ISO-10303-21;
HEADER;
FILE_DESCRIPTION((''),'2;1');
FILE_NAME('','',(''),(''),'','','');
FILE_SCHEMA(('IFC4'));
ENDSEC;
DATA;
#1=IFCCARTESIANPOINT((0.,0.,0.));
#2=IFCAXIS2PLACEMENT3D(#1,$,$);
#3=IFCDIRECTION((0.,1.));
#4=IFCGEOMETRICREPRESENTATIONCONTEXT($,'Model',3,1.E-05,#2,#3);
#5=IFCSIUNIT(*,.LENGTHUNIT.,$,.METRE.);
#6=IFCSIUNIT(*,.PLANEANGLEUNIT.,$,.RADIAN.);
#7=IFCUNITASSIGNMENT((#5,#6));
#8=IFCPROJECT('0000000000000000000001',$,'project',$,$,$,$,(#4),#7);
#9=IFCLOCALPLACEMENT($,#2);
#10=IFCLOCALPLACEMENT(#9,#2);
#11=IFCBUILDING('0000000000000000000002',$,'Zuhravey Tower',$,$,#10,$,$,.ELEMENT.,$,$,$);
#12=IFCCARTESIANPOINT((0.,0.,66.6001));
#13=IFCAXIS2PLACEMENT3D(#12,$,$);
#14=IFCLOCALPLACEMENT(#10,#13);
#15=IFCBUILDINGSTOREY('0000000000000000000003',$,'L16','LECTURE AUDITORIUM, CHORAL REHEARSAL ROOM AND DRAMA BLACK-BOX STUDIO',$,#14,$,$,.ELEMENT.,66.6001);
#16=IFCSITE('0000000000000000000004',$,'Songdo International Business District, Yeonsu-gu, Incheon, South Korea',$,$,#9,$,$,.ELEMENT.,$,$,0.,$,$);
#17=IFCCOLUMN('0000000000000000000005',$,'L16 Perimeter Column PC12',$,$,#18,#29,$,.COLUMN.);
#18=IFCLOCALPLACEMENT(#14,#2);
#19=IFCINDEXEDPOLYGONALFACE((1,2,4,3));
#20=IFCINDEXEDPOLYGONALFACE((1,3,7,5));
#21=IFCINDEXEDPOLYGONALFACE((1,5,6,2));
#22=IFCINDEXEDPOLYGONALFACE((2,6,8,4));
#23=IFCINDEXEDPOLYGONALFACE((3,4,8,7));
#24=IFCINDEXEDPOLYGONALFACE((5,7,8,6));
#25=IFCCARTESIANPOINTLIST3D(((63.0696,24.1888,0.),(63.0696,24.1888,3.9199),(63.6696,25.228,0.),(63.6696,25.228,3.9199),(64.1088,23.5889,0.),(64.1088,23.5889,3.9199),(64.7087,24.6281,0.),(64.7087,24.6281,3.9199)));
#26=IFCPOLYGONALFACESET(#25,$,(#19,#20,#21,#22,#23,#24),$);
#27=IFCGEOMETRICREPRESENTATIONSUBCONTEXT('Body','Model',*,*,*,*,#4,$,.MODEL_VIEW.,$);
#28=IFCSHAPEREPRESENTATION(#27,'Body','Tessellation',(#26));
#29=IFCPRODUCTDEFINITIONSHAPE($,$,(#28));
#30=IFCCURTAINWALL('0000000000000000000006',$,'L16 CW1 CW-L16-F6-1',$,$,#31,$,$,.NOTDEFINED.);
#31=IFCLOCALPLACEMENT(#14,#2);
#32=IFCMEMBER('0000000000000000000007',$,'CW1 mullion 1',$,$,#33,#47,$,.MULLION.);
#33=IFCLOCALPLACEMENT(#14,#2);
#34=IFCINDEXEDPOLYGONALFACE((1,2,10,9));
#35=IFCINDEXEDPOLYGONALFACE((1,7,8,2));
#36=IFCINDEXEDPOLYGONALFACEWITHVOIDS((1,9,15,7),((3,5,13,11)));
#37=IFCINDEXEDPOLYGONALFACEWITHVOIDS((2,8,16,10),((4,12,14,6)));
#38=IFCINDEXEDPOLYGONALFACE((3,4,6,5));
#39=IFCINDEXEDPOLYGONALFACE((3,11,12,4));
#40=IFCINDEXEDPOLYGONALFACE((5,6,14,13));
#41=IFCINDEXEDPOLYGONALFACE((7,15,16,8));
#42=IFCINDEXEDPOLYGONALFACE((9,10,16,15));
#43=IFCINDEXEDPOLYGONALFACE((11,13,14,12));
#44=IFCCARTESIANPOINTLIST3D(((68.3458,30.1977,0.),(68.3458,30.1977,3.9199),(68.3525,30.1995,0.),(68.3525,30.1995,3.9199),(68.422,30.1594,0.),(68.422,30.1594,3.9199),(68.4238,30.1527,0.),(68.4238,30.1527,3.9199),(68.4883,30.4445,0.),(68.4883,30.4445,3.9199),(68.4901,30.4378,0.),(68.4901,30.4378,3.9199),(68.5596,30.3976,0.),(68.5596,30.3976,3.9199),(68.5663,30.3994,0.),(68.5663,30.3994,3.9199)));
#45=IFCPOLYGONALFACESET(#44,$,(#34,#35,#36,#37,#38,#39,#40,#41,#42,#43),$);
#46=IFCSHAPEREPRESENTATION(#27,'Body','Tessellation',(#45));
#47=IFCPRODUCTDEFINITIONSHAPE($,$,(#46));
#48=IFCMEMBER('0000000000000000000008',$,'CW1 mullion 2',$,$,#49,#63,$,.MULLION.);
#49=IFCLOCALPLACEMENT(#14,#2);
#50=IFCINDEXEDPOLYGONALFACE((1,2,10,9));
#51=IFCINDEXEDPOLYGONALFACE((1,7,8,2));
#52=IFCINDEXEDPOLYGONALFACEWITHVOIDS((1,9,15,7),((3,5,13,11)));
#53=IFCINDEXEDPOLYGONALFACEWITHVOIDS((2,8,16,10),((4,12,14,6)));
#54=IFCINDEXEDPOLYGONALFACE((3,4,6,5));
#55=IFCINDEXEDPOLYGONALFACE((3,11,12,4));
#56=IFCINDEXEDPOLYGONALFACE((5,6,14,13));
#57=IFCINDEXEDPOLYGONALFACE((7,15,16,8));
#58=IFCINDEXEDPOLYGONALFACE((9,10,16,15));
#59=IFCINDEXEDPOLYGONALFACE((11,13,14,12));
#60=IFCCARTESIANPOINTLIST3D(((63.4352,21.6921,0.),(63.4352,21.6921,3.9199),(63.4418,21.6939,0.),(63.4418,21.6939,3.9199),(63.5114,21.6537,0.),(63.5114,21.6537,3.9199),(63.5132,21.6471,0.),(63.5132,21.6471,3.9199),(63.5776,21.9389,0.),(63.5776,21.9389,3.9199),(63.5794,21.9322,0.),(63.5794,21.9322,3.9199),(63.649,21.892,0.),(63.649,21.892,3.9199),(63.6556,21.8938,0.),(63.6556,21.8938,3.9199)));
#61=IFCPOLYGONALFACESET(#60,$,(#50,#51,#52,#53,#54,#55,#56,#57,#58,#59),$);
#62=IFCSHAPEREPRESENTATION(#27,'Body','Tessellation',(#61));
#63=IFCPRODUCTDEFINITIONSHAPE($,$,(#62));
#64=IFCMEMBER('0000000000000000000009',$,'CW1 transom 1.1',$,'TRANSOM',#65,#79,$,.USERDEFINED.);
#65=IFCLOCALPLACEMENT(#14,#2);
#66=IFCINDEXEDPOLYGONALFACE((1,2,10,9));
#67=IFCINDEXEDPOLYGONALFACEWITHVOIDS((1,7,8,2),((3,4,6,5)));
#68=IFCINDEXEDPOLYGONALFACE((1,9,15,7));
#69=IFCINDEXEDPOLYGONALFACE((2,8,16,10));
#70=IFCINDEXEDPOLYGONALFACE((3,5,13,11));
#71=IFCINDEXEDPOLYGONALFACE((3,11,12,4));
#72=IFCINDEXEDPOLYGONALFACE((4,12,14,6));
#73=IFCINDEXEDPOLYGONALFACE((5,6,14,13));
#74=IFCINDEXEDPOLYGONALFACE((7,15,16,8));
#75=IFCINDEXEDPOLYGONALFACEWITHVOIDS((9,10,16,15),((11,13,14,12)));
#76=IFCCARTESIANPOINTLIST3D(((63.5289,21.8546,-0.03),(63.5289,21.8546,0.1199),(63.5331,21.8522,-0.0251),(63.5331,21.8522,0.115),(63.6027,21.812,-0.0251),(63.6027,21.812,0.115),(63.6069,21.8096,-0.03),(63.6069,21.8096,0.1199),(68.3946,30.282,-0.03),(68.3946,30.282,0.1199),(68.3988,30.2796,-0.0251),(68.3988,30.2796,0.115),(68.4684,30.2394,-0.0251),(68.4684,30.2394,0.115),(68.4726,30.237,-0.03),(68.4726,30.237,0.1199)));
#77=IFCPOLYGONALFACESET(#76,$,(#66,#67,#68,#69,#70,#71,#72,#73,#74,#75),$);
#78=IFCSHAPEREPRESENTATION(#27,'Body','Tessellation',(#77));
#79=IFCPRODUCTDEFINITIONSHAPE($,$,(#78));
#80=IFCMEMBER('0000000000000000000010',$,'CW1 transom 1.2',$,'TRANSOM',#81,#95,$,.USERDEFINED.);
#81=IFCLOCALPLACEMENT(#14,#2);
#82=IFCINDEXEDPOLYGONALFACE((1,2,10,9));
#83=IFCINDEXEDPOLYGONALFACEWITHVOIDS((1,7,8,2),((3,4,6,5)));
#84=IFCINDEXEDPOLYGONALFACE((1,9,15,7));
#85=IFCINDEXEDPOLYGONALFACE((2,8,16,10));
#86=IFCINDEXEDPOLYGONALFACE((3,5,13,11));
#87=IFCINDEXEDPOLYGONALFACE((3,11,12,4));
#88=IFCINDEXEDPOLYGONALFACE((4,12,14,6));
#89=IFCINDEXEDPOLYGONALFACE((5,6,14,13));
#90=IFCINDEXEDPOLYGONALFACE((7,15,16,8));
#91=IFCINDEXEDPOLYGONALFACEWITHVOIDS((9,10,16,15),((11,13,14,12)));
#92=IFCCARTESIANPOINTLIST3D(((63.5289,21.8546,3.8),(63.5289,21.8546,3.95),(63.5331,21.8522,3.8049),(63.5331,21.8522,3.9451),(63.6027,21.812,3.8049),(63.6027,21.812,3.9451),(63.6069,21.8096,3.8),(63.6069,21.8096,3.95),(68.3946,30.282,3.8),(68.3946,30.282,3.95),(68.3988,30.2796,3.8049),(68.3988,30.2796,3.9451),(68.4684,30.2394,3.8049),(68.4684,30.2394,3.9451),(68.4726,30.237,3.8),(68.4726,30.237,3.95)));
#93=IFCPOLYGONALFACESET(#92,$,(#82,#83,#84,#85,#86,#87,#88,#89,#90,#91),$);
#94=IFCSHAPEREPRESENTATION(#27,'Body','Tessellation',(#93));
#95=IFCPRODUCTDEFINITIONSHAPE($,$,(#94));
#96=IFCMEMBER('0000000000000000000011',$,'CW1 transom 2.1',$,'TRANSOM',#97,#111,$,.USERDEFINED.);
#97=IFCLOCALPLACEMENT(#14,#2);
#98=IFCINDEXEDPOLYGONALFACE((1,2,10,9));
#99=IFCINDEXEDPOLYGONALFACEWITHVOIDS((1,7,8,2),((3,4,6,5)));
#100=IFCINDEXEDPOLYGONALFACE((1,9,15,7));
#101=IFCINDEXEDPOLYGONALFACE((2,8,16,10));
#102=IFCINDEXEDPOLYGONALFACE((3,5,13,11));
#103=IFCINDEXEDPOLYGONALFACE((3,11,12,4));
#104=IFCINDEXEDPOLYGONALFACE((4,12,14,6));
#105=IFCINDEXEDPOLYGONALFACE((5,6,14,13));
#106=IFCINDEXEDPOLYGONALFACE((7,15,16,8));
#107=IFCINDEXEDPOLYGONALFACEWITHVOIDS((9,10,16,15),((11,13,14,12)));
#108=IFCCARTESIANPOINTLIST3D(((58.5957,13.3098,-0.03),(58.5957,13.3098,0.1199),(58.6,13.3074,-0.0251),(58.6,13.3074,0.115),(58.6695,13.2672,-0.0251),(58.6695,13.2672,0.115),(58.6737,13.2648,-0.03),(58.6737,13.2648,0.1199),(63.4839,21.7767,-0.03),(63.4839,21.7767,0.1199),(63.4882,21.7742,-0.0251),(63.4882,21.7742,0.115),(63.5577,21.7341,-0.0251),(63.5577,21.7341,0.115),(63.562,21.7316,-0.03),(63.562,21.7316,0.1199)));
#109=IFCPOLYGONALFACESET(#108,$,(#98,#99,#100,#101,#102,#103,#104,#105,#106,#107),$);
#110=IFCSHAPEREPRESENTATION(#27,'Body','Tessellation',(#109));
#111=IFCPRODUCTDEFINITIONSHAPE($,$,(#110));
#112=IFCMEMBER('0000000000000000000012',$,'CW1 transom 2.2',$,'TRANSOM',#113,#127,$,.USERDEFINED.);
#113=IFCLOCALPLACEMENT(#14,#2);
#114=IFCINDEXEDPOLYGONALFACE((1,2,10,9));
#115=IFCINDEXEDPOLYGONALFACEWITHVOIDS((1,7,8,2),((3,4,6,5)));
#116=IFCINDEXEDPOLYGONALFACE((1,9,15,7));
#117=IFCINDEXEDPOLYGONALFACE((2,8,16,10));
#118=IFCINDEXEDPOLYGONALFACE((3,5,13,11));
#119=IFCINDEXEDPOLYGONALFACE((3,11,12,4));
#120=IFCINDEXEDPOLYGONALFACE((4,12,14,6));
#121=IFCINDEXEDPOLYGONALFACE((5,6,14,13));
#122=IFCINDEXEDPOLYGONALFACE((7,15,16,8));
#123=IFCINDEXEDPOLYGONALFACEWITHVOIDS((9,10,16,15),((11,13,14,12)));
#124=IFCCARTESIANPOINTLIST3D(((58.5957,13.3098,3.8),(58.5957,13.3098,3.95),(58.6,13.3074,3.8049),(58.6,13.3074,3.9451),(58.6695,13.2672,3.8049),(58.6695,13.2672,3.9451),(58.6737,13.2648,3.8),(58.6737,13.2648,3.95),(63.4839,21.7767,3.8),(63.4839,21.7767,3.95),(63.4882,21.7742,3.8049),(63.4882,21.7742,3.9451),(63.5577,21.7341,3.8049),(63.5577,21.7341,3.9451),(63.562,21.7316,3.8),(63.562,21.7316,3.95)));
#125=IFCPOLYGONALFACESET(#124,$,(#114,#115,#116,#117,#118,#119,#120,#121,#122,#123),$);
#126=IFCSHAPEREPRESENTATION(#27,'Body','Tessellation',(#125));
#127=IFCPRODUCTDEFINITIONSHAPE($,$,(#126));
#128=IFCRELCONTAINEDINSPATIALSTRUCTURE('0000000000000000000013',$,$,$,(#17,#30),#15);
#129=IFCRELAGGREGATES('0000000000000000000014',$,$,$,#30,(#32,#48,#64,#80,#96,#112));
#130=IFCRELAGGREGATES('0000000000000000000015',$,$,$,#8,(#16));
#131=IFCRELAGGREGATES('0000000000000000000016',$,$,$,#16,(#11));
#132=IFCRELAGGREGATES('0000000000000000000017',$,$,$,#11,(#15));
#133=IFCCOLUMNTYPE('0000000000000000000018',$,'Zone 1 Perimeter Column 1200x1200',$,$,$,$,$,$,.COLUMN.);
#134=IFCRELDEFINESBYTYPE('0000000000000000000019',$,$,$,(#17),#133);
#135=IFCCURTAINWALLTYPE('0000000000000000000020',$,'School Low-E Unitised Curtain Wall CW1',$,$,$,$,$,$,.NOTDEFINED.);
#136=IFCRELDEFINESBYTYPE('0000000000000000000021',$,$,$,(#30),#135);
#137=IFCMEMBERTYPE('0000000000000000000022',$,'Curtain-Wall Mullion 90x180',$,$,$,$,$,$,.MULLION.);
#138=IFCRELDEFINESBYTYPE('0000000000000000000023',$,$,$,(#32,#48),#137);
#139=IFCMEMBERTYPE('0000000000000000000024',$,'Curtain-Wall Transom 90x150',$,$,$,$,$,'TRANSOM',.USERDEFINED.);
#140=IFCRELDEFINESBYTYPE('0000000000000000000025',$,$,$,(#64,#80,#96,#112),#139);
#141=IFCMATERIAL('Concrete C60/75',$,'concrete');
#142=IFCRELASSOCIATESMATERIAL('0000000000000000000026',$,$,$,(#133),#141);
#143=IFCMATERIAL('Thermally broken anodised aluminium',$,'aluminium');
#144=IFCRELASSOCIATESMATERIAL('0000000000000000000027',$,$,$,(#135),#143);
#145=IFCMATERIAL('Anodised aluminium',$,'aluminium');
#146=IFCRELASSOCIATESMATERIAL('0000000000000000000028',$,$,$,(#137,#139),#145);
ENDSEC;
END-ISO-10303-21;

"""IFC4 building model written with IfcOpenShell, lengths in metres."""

from ifc_helpers import new_model, si_unit, direction, frame, origin, origin_2d, place, context, subcontext, project, spatial, rectangle, hollow_rectangle, extrude, material, material_profile, profile_set, type_object, element, aggregate, save


model = new_model("IFC4")

# Units and contexts
model_context = context("Model", 3, precision=1e-05, world=origin(), true_north=direction((0.0, 1.0)))
body_context = subcontext(model_context, "Body", "Model", "MODEL_VIEW")
ifc_project = project(units=[si_unit("LENGTHUNIT", "METRE"), si_unit("PLANEANGLEUNIT", "RADIAN")], contexts=[model_context])

# Site, building, storey
site_placement = place(None, origin())
site = spatial("IfcSite", under=ifc_project, at=site_placement, Name="Songdo International Business District, Yeonsu-gu, Incheon, South Korea", CompositionType="ELEMENT", RefElevation=0.0)
building_placement = place(site_placement, origin())
building = spatial("IfcBuilding", under=site, at=building_placement, Name="Zuhravey Tower", CompositionType="ELEMENT")
storey_placement = place(building_placement, frame((0.0, 0.0, 66.6001)))
storey = spatial("IfcBuildingStorey", under=building, at=storey_placement, Name="L16", Description="LECTURE AUDITORIUM, CHORAL REHEARSAL ROOM AND DRAMA BLACK-BOX STUDIO", CompositionType="ELEMENT", Elevation=66.6001)

# Column
ifc_material_1 = material(Name="Concrete C60/75", Category="concrete")
ifc_material_profile_1 = material_profile(ifc_material_1, rectangle(XDim=1.2, YDim=1.2, at=origin_2d()), Name="RC-1200x1200")
ifc_profile_set_1 = profile_set([ifc_material_profile_1], Name="Concrete C60/75")
column_type = type_object("IfcColumnType", Name="Zone 1 Perimeter Column 1200x1200", PredefinedType="COLUMN", material=ifc_profile_set_1)
column_placement = place(storey_placement, frame((63.8892, 24.4084, 0.0), z_axis=(0.0, 0.0, 1.0), x_axis=(0.5, 0.866025, 0.0)))
element("IfcColumn", 1, at=column_placement, inside=storey, type_object=column_type, Name="L16 Perimeter Column PC12", PredefinedType="COLUMN", context=body_context, shape_type="SweptSolid", body=[
    extrude(rectangle(XDim=1.2, YDim=1.2, at=origin_2d()), origin(), (0.0, 0.0, 1.0), 3.9199),
])

# Curtain wall, members
ifc_material_2 = material(Name="Thermally broken anodised aluminium", Category="aluminium")
curtain_wall_type = type_object("IfcCurtainWallType", Name="School Low-E Unitised Curtain Wall CW1", PredefinedType="NOTDEFINED", material=ifc_material_2)
curtain_wall_placement = place(storey_placement, origin())
curtain_wall = element("IfcCurtainWall", 2, at=curtain_wall_placement, inside=storey, type_object=curtain_wall_type, Name="L16 CW1 CW-L16-F6-1", PredefinedType="NOTDEFINED")
ifc_material_3 = material(Name="Anodised aluminium", Category="aluminium")
ifc_material_profile_2 = material_profile(ifc_material_3, hollow_rectangle(XDim=0.0901, YDim=0.2849, WallThickness=0.0049, at=origin_2d()), Name="ALU-RHS-90x285x5")
ifc_profile_set_2 = profile_set([ifc_material_profile_2], Name="Anodised aluminium")
member_type_1 = type_object("IfcMemberType", Name="Curtain-Wall Mullion 90x180", PredefinedType="MULLION", material=ifc_profile_set_2)
member_1_placement = place(storey_placement, frame((68.4561, 30.2986, 0.0), z_axis=(0.0, 0.0, 1.0), x_axis=(0.866026, -0.5, 0.0)))
member_1 = element("IfcMember", 3, at=member_1_placement, type_object=member_type_1, Name="CW1 mullion 1", PredefinedType="MULLION", context=body_context, shape_type="SweptSolid", body=[
    extrude(hollow_rectangle(XDim=0.0901, YDim=0.2849, WallThickness=0.0049, at=origin_2d()), origin(), (0.0, 0.0, 1.0), 3.9199),
])
member_2_placement = place(storey_placement, frame((63.5454, 21.793, 0.0), z_axis=(0.0, 0.0, 1.0), x_axis=(0.866026, -0.5, 0.0)))
member_2 = element("IfcMember", 4, at=member_2_placement, type_object=member_type_1, Name="CW1 mullion 2", PredefinedType="MULLION", context=body_context, shape_type="SweptSolid", body=[
    extrude(hollow_rectangle(XDim=0.0901, YDim=0.2849, WallThickness=0.0049, at=origin_2d()), origin(), (0.0, 0.0, 1.0), 3.9199),
])
ifc_material_profile_3 = material_profile(ifc_material_3, hollow_rectangle(XDim=0.0901, YDim=0.1499, WallThickness=0.0049, at=origin_2d()), Name="ALU-RHS-90x150x5")
ifc_profile_set_3 = profile_set([ifc_material_profile_3], Name="Anodised aluminium")
member_type_2 = type_object("IfcMemberType", Name="Curtain-Wall Transom 90x150", ElementType="TRANSOM", PredefinedType="USERDEFINED", material=ifc_profile_set_3)
member_3_placement = place(storey_placement, frame((68.4336, 30.2595, 0.0449), z_axis=(-0.500008, -0.866021, 0.0), x_axis=(0.866021, -0.500008, 0.0)))
member_3 = element("IfcMember", 5, at=member_3_placement, type_object=member_type_2, Name="CW1 transom 1.1", ObjectType="TRANSOM", PredefinedType="USERDEFINED", context=body_context, shape_type="SweptSolid", body=[
    extrude(hollow_rectangle(XDim=0.0901, YDim=0.1499, WallThickness=0.0049, at=origin_2d()), origin(), (0.0, 0.0, 1.0), 9.7312),
])
member_4_placement = place(storey_placement, frame((68.4336, 30.2595, 3.875), z_axis=(-0.500008, -0.866021, 0.0), x_axis=(0.866021, -0.500008, 0.0)))
member_4 = element("IfcMember", 6, at=member_4_placement, type_object=member_type_2, Name="CW1 transom 1.2", ObjectType="TRANSOM", PredefinedType="USERDEFINED", context=body_context, shape_type="SweptSolid", body=[
    extrude(hollow_rectangle(XDim=0.0901, YDim=0.1499, WallThickness=0.0049, at=origin_2d()), origin(), (0.0, 0.0, 1.0), 9.7312),
])
member_5_placement = place(storey_placement, frame((63.5229, 21.7542, 0.0449), z_axis=(-0.49999, -0.866031, 0.0), x_axis=(0.866031, -0.49999, 0.0)))
member_5 = element("IfcMember", 7, at=member_5_placement, type_object=member_type_2, Name="CW1 transom 2.1", ObjectType="TRANSOM", PredefinedType="USERDEFINED", context=body_context, shape_type="SweptSolid", body=[
    extrude(hollow_rectangle(XDim=0.0901, YDim=0.1499, WallThickness=0.0049, at=origin_2d()), origin(), (0.0, 0.0, 1.0), 9.7766),
])
member_6_placement = place(storey_placement, frame((63.5229, 21.7542, 3.875), z_axis=(-0.49999, -0.866031, 0.0), x_axis=(0.866031, -0.49999, 0.0)))
member_6 = element("IfcMember", 8, at=member_6_placement, type_object=member_type_2, Name="CW1 transom 2.2", ObjectType="TRANSOM", PredefinedType="USERDEFINED", context=body_context, shape_type="SweptSolid", body=[
    extrude(hollow_rectangle(XDim=0.0901, YDim=0.1499, WallThickness=0.0049, at=origin_2d()), origin(), (0.0, 0.0, 1.0), 9.7766),
])

aggregate(curtain_wall, [member_1, member_2, member_3, member_4, member_5, member_6])

save(model, "model.ifc")
